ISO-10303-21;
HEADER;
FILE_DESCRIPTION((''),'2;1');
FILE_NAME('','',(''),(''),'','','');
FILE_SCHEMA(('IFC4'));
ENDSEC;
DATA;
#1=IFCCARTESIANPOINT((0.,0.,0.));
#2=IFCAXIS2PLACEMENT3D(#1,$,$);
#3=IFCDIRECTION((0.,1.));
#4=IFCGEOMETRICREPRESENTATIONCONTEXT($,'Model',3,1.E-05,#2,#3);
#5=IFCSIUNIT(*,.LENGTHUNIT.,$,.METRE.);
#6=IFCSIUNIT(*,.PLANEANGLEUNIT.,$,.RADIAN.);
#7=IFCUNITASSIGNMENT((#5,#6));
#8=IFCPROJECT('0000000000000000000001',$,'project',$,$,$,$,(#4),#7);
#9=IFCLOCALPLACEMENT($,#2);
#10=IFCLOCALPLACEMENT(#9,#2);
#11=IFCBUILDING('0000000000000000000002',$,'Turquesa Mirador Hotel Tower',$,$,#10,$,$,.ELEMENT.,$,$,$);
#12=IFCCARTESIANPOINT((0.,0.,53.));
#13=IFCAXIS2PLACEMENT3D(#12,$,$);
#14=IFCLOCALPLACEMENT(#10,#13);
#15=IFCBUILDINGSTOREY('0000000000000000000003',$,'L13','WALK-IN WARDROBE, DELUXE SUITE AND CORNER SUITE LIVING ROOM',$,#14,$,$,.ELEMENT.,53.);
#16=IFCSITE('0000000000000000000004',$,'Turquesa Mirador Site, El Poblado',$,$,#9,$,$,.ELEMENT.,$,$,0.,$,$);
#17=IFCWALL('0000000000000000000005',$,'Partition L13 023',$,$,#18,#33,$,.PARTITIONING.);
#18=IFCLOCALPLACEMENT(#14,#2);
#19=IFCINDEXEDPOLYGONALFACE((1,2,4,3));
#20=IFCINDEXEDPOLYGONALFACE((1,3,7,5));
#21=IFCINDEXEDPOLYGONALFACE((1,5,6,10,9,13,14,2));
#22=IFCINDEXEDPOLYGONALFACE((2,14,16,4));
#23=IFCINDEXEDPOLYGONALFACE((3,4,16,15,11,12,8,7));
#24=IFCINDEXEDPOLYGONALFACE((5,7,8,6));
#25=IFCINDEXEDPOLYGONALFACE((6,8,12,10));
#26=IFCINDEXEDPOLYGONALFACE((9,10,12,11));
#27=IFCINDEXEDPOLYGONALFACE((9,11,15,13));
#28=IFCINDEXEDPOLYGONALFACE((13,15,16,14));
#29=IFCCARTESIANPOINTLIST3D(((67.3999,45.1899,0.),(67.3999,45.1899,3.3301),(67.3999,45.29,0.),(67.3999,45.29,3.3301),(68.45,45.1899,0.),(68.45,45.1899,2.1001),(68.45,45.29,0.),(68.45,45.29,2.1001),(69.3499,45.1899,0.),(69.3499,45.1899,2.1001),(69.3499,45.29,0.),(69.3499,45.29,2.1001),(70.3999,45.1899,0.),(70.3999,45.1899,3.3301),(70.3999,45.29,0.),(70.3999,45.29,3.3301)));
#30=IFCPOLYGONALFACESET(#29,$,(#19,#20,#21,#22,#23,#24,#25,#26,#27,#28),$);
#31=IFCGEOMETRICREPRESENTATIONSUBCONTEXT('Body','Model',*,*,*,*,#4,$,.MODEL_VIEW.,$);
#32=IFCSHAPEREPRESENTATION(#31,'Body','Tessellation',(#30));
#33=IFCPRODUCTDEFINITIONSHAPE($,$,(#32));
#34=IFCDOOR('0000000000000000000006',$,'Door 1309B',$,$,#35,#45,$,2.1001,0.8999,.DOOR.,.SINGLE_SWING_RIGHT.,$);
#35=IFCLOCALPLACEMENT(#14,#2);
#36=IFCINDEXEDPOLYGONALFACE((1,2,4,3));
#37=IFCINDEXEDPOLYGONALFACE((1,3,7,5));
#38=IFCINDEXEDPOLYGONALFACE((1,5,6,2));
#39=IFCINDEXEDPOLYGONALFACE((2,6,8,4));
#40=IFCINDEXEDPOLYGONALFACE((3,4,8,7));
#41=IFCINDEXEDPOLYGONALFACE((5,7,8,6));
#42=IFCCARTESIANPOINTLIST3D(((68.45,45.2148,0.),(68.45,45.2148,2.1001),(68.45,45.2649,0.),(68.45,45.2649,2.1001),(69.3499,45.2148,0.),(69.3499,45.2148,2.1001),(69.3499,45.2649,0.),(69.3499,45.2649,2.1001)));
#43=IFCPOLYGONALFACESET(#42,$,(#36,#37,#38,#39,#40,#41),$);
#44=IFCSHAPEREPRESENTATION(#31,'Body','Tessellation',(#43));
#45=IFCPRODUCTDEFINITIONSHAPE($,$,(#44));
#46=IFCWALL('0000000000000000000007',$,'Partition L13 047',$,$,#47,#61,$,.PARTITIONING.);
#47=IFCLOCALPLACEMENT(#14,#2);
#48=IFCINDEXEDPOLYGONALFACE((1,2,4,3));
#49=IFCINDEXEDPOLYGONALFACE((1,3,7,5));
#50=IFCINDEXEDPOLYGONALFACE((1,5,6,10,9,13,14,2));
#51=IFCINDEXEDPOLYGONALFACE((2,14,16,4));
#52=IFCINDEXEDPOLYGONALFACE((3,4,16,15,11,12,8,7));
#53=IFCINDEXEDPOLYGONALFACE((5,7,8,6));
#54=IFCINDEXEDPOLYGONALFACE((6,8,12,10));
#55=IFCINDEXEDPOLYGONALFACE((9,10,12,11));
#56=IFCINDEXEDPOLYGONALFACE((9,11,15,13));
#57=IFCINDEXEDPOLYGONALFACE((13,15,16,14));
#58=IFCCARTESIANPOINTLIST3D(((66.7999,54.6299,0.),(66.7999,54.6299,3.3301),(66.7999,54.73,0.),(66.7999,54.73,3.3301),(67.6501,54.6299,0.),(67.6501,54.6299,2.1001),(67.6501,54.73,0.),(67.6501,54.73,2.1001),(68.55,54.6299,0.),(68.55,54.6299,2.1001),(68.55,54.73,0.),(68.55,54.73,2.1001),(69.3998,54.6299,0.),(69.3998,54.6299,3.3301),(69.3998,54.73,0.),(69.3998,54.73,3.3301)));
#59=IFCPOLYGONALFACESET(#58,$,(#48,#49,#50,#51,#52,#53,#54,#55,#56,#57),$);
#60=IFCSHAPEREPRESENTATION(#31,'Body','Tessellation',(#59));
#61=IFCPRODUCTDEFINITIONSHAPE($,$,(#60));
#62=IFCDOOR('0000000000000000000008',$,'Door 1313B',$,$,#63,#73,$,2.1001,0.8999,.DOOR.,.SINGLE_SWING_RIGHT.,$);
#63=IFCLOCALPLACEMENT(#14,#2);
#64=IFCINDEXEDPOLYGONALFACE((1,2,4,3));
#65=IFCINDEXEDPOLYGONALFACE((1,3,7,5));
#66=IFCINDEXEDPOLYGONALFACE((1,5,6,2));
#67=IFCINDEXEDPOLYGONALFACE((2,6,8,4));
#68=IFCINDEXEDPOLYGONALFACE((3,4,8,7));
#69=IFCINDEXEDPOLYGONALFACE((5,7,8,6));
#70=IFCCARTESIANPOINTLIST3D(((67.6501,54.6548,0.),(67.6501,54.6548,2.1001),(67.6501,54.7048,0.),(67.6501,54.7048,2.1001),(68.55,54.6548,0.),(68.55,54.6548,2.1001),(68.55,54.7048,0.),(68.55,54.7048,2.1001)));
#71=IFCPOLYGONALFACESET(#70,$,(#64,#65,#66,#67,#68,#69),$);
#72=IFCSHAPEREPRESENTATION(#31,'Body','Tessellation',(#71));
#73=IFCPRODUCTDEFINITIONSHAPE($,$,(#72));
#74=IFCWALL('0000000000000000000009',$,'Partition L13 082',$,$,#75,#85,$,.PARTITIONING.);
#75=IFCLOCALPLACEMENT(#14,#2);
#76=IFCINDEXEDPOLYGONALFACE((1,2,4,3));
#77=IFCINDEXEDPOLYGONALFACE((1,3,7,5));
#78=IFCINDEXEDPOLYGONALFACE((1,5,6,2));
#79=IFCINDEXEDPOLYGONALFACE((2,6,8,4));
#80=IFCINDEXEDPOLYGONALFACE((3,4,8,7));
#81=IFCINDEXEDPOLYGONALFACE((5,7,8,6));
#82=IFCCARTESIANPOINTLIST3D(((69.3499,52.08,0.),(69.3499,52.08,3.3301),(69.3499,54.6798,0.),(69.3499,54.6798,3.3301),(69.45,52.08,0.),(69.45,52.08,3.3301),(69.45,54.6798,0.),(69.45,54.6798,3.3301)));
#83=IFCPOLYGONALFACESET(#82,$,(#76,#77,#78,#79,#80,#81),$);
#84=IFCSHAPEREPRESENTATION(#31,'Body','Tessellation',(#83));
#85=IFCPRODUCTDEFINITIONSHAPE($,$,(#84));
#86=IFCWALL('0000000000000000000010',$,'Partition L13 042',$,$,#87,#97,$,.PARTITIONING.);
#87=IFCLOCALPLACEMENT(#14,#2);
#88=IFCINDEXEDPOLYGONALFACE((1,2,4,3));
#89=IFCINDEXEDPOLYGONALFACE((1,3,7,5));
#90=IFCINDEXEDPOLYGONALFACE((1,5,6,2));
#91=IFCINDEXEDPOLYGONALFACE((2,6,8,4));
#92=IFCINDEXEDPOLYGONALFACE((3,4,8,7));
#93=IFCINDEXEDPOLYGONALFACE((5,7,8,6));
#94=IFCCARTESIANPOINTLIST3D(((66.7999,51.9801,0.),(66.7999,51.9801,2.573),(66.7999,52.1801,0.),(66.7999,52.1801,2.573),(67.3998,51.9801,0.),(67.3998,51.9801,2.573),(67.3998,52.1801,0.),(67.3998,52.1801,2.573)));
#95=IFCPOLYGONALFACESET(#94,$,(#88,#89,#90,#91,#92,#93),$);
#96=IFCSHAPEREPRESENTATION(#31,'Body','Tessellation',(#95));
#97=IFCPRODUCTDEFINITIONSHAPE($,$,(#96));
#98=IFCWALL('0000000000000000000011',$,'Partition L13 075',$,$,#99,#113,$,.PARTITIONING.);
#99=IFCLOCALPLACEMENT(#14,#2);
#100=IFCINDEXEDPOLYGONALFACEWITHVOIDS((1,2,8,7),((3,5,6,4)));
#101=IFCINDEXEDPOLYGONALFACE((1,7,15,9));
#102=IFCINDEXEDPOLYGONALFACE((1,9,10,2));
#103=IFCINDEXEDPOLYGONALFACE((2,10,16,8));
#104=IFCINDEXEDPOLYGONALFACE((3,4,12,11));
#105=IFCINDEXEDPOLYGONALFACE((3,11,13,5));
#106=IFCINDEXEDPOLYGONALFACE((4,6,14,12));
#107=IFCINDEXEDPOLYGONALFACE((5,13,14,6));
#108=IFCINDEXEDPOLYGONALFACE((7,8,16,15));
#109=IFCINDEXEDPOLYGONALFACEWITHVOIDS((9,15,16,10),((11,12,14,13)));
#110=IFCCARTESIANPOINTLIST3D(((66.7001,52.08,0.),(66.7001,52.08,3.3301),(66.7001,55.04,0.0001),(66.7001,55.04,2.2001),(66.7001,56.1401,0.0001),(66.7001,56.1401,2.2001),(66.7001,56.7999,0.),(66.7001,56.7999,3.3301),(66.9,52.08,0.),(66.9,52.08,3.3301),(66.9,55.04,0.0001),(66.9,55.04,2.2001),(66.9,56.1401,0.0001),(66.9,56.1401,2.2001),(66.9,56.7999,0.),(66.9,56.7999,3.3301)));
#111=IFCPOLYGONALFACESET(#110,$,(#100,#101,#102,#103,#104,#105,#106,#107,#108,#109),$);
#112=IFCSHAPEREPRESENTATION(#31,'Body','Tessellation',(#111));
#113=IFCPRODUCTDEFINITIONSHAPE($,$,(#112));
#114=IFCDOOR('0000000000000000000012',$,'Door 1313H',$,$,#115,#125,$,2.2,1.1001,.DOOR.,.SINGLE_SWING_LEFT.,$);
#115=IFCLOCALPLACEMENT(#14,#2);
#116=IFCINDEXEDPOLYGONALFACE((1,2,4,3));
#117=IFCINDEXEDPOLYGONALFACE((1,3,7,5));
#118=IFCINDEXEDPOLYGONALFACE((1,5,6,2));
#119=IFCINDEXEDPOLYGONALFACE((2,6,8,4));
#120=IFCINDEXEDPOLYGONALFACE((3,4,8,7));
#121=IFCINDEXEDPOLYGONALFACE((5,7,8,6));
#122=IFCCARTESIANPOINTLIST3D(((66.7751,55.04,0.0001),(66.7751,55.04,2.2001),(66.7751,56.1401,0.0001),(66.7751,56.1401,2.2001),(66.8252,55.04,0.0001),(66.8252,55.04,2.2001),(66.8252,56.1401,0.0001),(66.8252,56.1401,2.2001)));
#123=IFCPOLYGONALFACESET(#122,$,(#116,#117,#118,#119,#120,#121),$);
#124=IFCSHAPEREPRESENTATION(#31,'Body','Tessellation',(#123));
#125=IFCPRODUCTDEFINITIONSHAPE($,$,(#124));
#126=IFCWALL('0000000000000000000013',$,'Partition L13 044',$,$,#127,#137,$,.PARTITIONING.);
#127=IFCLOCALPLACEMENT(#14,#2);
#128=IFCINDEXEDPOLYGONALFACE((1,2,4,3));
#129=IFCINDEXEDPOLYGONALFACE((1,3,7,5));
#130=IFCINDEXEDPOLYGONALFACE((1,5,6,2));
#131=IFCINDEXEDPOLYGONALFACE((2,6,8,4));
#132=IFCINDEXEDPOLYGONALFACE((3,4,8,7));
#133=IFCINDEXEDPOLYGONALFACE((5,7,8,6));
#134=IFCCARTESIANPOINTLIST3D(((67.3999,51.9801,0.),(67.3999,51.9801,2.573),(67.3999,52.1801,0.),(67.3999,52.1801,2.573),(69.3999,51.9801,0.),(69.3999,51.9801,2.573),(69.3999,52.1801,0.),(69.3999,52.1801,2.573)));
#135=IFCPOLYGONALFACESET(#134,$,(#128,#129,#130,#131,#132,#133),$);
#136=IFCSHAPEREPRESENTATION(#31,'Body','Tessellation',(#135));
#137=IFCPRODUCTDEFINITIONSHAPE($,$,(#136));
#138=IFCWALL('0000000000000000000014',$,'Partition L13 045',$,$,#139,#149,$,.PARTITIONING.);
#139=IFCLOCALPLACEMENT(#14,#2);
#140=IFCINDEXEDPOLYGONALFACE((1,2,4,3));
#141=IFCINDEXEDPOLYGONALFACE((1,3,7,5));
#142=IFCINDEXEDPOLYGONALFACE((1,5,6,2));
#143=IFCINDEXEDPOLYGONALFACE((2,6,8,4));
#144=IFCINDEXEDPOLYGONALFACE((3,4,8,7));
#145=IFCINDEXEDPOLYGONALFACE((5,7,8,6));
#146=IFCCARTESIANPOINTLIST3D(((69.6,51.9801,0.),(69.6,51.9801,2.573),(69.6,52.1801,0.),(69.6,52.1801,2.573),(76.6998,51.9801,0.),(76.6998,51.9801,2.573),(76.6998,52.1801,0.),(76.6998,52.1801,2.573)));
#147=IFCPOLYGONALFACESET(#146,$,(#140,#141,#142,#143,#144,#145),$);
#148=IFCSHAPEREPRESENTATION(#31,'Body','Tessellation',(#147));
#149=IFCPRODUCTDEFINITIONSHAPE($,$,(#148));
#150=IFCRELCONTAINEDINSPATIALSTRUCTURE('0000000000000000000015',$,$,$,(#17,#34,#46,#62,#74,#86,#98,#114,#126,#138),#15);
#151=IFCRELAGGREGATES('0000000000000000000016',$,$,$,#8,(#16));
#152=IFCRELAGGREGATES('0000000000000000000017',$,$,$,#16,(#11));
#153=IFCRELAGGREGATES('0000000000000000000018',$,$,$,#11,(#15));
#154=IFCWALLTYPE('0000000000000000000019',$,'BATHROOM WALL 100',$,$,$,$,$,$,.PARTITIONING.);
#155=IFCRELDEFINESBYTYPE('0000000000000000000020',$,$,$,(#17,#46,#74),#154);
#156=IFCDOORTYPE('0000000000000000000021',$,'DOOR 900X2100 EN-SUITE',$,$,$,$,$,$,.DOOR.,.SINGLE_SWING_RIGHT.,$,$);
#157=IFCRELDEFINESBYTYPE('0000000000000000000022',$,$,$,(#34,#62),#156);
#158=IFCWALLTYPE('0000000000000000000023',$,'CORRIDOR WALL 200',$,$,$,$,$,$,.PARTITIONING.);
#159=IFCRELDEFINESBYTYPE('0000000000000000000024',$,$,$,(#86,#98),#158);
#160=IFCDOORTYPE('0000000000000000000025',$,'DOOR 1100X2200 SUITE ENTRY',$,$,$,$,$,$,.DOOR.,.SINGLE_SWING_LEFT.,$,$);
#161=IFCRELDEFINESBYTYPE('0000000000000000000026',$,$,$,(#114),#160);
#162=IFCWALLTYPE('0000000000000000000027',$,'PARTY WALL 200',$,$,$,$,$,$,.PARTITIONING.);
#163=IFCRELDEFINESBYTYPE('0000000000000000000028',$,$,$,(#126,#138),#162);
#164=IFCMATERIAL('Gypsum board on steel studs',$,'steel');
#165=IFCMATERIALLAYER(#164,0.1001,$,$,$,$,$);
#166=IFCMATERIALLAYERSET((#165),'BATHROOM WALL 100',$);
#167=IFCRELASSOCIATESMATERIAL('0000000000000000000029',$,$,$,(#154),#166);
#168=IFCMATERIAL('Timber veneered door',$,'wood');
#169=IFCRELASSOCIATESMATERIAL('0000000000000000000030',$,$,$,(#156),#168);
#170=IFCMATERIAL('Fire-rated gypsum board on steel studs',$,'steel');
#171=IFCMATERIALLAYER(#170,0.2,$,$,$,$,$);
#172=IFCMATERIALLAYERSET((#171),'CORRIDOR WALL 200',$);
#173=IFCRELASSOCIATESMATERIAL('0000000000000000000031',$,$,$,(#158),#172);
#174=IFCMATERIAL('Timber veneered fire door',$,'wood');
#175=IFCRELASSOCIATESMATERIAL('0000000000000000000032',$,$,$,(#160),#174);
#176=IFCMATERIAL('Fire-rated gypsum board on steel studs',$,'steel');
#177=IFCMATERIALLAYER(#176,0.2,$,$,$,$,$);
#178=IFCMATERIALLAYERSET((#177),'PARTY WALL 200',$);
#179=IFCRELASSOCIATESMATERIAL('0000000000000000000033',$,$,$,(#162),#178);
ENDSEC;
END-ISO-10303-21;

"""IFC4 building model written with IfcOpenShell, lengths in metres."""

from ifc_helpers import new_model, si_unit, direction, frame, frame_2d, origin, place, context, subcontext, project, spatial, rectangle, extrude, material, layer, layer_set, type_object, element, fill, save


model = new_model("IFC4")

# Units and contexts
model_context = context("Model", 3, precision=1e-05, world=origin(), true_north=direction((0.0, 1.0)))
body_context = subcontext(model_context, "Body", "Model", "MODEL_VIEW")
ifc_project = project(units=[si_unit("LENGTHUNIT", "METRE"), si_unit("PLANEANGLEUNIT", "RADIAN")], contexts=[model_context])

# Site, building, storey
site_placement = place(None, origin())
site = spatial("IfcSite", under=ifc_project, at=site_placement, Name="Turquesa Mirador Site, El Poblado", CompositionType="ELEMENT", RefElevation=0.0)
building_placement = place(site_placement, origin())
building = spatial("IfcBuilding", under=site, at=building_placement, Name="Turquesa Mirador Hotel Tower", CompositionType="ELEMENT")
storey_placement = place(building_placement, frame((0.0, 0.0, 53.0)))
storey = spatial("IfcBuildingStorey", under=building, at=storey_placement, Name="L13", Description="WALK-IN WARDROBE, DELUXE SUITE AND CORNER SUITE LIVING ROOM", CompositionType="ELEMENT", Elevation=53.0)

# Walls, openings, doors
ifc_material_1 = material(Name="Gypsum board on steel studs", Category="steel")
ifc_layer_1 = layer(ifc_material_1, 0.1001)
ifc_layer_set_1 = layer_set([ifc_layer_1], Name="BATHROOM WALL 100")
wall_type_1 = type_object("IfcWallType", Name="BATHROOM WALL 100", PredefinedType="PARTITIONING", material=ifc_layer_set_1)
wall_1_placement = place(storey_placement, frame((67.3999, 45.24, 0.0), z_axis=(0.0, 0.0, 1.0), x_axis=(1.0, 0.0, 0.0)))
wall_1 = element("IfcWall", 1, at=wall_1_placement, inside=storey, type_object=wall_type_1, Name="Partition L13 023", PredefinedType="PARTITIONING", context=body_context, shape_type="SweptSolid", body=[
    extrude(rectangle(XDim=3.0, YDim=0.1001, at=frame_2d((1.5, 0.0))), origin(), (0.0, 0.0, 1.0), 3.3301),
])
opening_1_placement = place(wall_1_placement, frame((1.05, 0.0, 0.0)))
opening_1 = element("IfcOpeningElement", 2, at=opening_1_placement, cuts=wall_1, PredefinedType="OPENING", context=body_context, shape_type="SweptSolid", body=[
    extrude(rectangle(XDim=0.8999, YDim=2.1001, at=frame_2d((0.45, 1.05))), frame((0.0, 0.0601, 0.0), z_axis=(0.0, -1.0, 0.0), x_axis=(1.0, 0.0, 0.0)), (0.0, 0.0, 1.0), 0.1201),
])
ifc_material_2 = material(Name="Timber veneered door", Category="wood")
door_type_1 = type_object("IfcDoorType", Name="DOOR 900X2100 EN-SUITE", OperationType="SINGLE_SWING_RIGHT", PredefinedType="DOOR", material=ifc_material_2)
door_1_placement = place(opening_1_placement, origin())
door_1 = element("IfcDoor", 3, at=door_1_placement, inside=storey, type_object=door_type_1, Name="Door 1309B", OperationType="SINGLE_SWING_RIGHT", OverallHeight=2.1001, OverallWidth=0.8999, PredefinedType="DOOR", context=body_context, shape_type="SweptSolid", body=[
    extrude(rectangle(XDim=0.8999, YDim=2.1001, at=frame_2d((0.45, 1.05))), frame((0.0, 0.0249, 0.0), z_axis=(0.0, -1.0, 0.0), x_axis=(1.0, 0.0, 0.0)), (0.0, 0.0, 1.0), 0.05),
])
fill(opening_1, door_1)
wall_2_placement = place(storey_placement, frame((66.8, 54.6799, 0.0), z_axis=(0.0, 0.0, 1.0), x_axis=(1.0, 0.0, 0.0)))
wall_2 = element("IfcWall", 4, at=wall_2_placement, inside=storey, type_object=wall_type_1, Name="Partition L13 047", PredefinedType="PARTITIONING", context=body_context, shape_type="SweptSolid", body=[
    extrude(rectangle(XDim=2.5999, YDim=0.1001, at=frame_2d((1.2998, 0.0))), origin(), (0.0, 0.0, 1.0), 3.3301),
])
opening_2_placement = place(wall_2_placement, frame((0.8501, 0.0, 0.0)))
opening_2 = element("IfcOpeningElement", 5, at=opening_2_placement, cuts=wall_2, PredefinedType="OPENING", context=body_context, shape_type="SweptSolid", body=[
    extrude(rectangle(XDim=0.8999, YDim=2.1001, at=frame_2d((0.45, 1.05))), frame((0.0, 0.0601, 0.0), z_axis=(0.0, -1.0, 0.0), x_axis=(1.0, 0.0, 0.0)), (0.0, 0.0, 1.0), 0.1201),
])
door_2_placement = place(opening_2_placement, origin())
door_2 = element("IfcDoor", 6, at=door_2_placement, inside=storey, type_object=door_type_1, Name="Door 1313B", OperationType="SINGLE_SWING_RIGHT", OverallHeight=2.1001, OverallWidth=0.8999, PredefinedType="DOOR", context=body_context, shape_type="SweptSolid", body=[
    extrude(rectangle(XDim=0.8999, YDim=2.1001, at=frame_2d((0.45, 1.05))), frame((0.0, 0.0249, 0.0), z_axis=(0.0, -1.0, 0.0), x_axis=(1.0, 0.0, 0.0)), (0.0, 0.0, 1.0), 0.05),
])
fill(opening_2, door_2)

# Walls
wall_3_placement = place(storey_placement, frame((69.3999, 52.0801, 0.0), z_axis=(0.0, 0.0, 1.0), x_axis=(0.0, 1.0, 0.0)))
element("IfcWall", 7, at=wall_3_placement, inside=storey, type_object=wall_type_1, Name="Partition L13 082", PredefinedType="PARTITIONING", context=body_context, shape_type="SweptSolid", body=[
    extrude(rectangle(XDim=2.5999, YDim=0.1001, at=frame_2d((1.2998, 0.0))), origin(), (0.0, 0.0, 1.0), 3.3301),
])
ifc_material_3 = material(Name="Fire-rated gypsum board on steel studs", Category="steel")
ifc_layer_2 = layer(ifc_material_3, 0.2)
ifc_layer_set_2 = layer_set([ifc_layer_2], Name="CORRIDOR WALL 200")
wall_type_2 = type_object("IfcWallType", Name="CORRIDOR WALL 200", PredefinedType="PARTITIONING", material=ifc_layer_set_2)
wall_4_placement = place(storey_placement, frame((66.8, 52.0801, 0.0), z_axis=(0.0, 0.0, 1.0), x_axis=(1.0, 0.0, 0.0)))
element("IfcWall", 8, at=wall_4_placement, inside=storey, type_object=wall_type_2, Name="Partition L13 042", PredefinedType="PARTITIONING", context=body_context, shape_type="SweptSolid", body=[
    extrude(rectangle(XDim=0.5999, YDim=0.2, at=frame_2d((0.2998, 0.0))), origin(), (0.0, 0.0, 1.0), 2.573),
])

# Wall, opening, door
wall_5_placement = place(storey_placement, frame((66.8, 52.0801, 0.0), z_axis=(0.0, 0.0, 1.0), x_axis=(0.0, 1.0, 0.0)))
wall_5 = element("IfcWall", 9, at=wall_5_placement, inside=storey, type_object=wall_type_2, Name="Partition L13 075", PredefinedType="PARTITIONING", context=body_context, shape_type="SweptSolid", body=[
    extrude(rectangle(XDim=4.72, YDim=0.2, at=frame_2d((2.3599, 0.0))), origin(), (0.0, 0.0, 1.0), 3.3301),
])
opening_3_placement = place(wall_5_placement, frame((2.96, 0.0, 0.0)))
opening_3 = element("IfcOpeningElement", 10, at=opening_3_placement, cuts=wall_5, PredefinedType="OPENING", context=body_context, shape_type="SweptSolid", body=[
    extrude(rectangle(XDim=1.1001, YDim=2.2, at=frame_2d((0.55, 1.1001))), frame((0.0, 0.1099, 0.0), z_axis=(0.0, -1.0, 0.0), x_axis=(1.0, 0.0, 0.0)), (0.0, 0.0, 1.0), 0.22),
])
ifc_material_4 = material(Name="Timber veneered fire door", Category="wood")
door_type_2 = type_object("IfcDoorType", Name="DOOR 1100X2200 SUITE ENTRY", OperationType="SINGLE_SWING_LEFT", PredefinedType="DOOR", material=ifc_material_4)
door_3_placement = place(opening_3_placement, origin())
door_3 = element("IfcDoor", 11, at=door_3_placement, inside=storey, type_object=door_type_2, Name="Door 1313H", OperationType="SINGLE_SWING_LEFT", OverallHeight=2.2, OverallWidth=1.1001, PredefinedType="DOOR", context=body_context, shape_type="SweptSolid", body=[
    extrude(rectangle(XDim=1.1001, YDim=2.2, at=frame_2d((0.55, 1.1001))), frame((0.0, 0.0249, 0.0), z_axis=(0.0, -1.0, 0.0), x_axis=(1.0, 0.0, 0.0)), (0.0, 0.0, 1.0), 0.05),
])
fill(opening_3, door_3)

# Walls
ifc_material_5 = material(Name="Fire-rated gypsum board on steel studs", Category="steel")
ifc_layer_3 = layer(ifc_material_5, 0.2)
ifc_layer_set_3 = layer_set([ifc_layer_3], Name="PARTY WALL 200")
wall_type_3 = type_object("IfcWallType", Name="PARTY WALL 200", PredefinedType="PARTITIONING", material=ifc_layer_set_3)
wall_6_placement = place(storey_placement, frame((67.3999, 52.0801, 0.0), z_axis=(0.0, 0.0, 1.0), x_axis=(1.0, 0.0, 0.0)))
element("IfcWall", 12, at=wall_6_placement, inside=storey, type_object=wall_type_3, Name="Partition L13 044", PredefinedType="PARTITIONING", context=body_context, shape_type="SweptSolid", body=[
    extrude(rectangle(XDim=2.0, YDim=0.2, at=frame_2d((1.0, 0.0))), origin(), (0.0, 0.0, 1.0), 2.573),
])
wall_7_placement = place(storey_placement, frame((69.6001, 52.0801, 0.0), z_axis=(0.0, 0.0, 1.0), x_axis=(1.0, 0.0, 0.0)))
element("IfcWall", 13, at=wall_7_placement, inside=storey, type_object=wall_type_3, Name="Partition L13 045", PredefinedType="PARTITIONING", context=body_context, shape_type="SweptSolid", body=[
    extrude(rectangle(XDim=7.0999, YDim=0.2, at=frame_2d((3.5498, 0.0))), origin(), (0.0, 0.0, 1.0), 2.573),
])

save(model, "model.ifc")
